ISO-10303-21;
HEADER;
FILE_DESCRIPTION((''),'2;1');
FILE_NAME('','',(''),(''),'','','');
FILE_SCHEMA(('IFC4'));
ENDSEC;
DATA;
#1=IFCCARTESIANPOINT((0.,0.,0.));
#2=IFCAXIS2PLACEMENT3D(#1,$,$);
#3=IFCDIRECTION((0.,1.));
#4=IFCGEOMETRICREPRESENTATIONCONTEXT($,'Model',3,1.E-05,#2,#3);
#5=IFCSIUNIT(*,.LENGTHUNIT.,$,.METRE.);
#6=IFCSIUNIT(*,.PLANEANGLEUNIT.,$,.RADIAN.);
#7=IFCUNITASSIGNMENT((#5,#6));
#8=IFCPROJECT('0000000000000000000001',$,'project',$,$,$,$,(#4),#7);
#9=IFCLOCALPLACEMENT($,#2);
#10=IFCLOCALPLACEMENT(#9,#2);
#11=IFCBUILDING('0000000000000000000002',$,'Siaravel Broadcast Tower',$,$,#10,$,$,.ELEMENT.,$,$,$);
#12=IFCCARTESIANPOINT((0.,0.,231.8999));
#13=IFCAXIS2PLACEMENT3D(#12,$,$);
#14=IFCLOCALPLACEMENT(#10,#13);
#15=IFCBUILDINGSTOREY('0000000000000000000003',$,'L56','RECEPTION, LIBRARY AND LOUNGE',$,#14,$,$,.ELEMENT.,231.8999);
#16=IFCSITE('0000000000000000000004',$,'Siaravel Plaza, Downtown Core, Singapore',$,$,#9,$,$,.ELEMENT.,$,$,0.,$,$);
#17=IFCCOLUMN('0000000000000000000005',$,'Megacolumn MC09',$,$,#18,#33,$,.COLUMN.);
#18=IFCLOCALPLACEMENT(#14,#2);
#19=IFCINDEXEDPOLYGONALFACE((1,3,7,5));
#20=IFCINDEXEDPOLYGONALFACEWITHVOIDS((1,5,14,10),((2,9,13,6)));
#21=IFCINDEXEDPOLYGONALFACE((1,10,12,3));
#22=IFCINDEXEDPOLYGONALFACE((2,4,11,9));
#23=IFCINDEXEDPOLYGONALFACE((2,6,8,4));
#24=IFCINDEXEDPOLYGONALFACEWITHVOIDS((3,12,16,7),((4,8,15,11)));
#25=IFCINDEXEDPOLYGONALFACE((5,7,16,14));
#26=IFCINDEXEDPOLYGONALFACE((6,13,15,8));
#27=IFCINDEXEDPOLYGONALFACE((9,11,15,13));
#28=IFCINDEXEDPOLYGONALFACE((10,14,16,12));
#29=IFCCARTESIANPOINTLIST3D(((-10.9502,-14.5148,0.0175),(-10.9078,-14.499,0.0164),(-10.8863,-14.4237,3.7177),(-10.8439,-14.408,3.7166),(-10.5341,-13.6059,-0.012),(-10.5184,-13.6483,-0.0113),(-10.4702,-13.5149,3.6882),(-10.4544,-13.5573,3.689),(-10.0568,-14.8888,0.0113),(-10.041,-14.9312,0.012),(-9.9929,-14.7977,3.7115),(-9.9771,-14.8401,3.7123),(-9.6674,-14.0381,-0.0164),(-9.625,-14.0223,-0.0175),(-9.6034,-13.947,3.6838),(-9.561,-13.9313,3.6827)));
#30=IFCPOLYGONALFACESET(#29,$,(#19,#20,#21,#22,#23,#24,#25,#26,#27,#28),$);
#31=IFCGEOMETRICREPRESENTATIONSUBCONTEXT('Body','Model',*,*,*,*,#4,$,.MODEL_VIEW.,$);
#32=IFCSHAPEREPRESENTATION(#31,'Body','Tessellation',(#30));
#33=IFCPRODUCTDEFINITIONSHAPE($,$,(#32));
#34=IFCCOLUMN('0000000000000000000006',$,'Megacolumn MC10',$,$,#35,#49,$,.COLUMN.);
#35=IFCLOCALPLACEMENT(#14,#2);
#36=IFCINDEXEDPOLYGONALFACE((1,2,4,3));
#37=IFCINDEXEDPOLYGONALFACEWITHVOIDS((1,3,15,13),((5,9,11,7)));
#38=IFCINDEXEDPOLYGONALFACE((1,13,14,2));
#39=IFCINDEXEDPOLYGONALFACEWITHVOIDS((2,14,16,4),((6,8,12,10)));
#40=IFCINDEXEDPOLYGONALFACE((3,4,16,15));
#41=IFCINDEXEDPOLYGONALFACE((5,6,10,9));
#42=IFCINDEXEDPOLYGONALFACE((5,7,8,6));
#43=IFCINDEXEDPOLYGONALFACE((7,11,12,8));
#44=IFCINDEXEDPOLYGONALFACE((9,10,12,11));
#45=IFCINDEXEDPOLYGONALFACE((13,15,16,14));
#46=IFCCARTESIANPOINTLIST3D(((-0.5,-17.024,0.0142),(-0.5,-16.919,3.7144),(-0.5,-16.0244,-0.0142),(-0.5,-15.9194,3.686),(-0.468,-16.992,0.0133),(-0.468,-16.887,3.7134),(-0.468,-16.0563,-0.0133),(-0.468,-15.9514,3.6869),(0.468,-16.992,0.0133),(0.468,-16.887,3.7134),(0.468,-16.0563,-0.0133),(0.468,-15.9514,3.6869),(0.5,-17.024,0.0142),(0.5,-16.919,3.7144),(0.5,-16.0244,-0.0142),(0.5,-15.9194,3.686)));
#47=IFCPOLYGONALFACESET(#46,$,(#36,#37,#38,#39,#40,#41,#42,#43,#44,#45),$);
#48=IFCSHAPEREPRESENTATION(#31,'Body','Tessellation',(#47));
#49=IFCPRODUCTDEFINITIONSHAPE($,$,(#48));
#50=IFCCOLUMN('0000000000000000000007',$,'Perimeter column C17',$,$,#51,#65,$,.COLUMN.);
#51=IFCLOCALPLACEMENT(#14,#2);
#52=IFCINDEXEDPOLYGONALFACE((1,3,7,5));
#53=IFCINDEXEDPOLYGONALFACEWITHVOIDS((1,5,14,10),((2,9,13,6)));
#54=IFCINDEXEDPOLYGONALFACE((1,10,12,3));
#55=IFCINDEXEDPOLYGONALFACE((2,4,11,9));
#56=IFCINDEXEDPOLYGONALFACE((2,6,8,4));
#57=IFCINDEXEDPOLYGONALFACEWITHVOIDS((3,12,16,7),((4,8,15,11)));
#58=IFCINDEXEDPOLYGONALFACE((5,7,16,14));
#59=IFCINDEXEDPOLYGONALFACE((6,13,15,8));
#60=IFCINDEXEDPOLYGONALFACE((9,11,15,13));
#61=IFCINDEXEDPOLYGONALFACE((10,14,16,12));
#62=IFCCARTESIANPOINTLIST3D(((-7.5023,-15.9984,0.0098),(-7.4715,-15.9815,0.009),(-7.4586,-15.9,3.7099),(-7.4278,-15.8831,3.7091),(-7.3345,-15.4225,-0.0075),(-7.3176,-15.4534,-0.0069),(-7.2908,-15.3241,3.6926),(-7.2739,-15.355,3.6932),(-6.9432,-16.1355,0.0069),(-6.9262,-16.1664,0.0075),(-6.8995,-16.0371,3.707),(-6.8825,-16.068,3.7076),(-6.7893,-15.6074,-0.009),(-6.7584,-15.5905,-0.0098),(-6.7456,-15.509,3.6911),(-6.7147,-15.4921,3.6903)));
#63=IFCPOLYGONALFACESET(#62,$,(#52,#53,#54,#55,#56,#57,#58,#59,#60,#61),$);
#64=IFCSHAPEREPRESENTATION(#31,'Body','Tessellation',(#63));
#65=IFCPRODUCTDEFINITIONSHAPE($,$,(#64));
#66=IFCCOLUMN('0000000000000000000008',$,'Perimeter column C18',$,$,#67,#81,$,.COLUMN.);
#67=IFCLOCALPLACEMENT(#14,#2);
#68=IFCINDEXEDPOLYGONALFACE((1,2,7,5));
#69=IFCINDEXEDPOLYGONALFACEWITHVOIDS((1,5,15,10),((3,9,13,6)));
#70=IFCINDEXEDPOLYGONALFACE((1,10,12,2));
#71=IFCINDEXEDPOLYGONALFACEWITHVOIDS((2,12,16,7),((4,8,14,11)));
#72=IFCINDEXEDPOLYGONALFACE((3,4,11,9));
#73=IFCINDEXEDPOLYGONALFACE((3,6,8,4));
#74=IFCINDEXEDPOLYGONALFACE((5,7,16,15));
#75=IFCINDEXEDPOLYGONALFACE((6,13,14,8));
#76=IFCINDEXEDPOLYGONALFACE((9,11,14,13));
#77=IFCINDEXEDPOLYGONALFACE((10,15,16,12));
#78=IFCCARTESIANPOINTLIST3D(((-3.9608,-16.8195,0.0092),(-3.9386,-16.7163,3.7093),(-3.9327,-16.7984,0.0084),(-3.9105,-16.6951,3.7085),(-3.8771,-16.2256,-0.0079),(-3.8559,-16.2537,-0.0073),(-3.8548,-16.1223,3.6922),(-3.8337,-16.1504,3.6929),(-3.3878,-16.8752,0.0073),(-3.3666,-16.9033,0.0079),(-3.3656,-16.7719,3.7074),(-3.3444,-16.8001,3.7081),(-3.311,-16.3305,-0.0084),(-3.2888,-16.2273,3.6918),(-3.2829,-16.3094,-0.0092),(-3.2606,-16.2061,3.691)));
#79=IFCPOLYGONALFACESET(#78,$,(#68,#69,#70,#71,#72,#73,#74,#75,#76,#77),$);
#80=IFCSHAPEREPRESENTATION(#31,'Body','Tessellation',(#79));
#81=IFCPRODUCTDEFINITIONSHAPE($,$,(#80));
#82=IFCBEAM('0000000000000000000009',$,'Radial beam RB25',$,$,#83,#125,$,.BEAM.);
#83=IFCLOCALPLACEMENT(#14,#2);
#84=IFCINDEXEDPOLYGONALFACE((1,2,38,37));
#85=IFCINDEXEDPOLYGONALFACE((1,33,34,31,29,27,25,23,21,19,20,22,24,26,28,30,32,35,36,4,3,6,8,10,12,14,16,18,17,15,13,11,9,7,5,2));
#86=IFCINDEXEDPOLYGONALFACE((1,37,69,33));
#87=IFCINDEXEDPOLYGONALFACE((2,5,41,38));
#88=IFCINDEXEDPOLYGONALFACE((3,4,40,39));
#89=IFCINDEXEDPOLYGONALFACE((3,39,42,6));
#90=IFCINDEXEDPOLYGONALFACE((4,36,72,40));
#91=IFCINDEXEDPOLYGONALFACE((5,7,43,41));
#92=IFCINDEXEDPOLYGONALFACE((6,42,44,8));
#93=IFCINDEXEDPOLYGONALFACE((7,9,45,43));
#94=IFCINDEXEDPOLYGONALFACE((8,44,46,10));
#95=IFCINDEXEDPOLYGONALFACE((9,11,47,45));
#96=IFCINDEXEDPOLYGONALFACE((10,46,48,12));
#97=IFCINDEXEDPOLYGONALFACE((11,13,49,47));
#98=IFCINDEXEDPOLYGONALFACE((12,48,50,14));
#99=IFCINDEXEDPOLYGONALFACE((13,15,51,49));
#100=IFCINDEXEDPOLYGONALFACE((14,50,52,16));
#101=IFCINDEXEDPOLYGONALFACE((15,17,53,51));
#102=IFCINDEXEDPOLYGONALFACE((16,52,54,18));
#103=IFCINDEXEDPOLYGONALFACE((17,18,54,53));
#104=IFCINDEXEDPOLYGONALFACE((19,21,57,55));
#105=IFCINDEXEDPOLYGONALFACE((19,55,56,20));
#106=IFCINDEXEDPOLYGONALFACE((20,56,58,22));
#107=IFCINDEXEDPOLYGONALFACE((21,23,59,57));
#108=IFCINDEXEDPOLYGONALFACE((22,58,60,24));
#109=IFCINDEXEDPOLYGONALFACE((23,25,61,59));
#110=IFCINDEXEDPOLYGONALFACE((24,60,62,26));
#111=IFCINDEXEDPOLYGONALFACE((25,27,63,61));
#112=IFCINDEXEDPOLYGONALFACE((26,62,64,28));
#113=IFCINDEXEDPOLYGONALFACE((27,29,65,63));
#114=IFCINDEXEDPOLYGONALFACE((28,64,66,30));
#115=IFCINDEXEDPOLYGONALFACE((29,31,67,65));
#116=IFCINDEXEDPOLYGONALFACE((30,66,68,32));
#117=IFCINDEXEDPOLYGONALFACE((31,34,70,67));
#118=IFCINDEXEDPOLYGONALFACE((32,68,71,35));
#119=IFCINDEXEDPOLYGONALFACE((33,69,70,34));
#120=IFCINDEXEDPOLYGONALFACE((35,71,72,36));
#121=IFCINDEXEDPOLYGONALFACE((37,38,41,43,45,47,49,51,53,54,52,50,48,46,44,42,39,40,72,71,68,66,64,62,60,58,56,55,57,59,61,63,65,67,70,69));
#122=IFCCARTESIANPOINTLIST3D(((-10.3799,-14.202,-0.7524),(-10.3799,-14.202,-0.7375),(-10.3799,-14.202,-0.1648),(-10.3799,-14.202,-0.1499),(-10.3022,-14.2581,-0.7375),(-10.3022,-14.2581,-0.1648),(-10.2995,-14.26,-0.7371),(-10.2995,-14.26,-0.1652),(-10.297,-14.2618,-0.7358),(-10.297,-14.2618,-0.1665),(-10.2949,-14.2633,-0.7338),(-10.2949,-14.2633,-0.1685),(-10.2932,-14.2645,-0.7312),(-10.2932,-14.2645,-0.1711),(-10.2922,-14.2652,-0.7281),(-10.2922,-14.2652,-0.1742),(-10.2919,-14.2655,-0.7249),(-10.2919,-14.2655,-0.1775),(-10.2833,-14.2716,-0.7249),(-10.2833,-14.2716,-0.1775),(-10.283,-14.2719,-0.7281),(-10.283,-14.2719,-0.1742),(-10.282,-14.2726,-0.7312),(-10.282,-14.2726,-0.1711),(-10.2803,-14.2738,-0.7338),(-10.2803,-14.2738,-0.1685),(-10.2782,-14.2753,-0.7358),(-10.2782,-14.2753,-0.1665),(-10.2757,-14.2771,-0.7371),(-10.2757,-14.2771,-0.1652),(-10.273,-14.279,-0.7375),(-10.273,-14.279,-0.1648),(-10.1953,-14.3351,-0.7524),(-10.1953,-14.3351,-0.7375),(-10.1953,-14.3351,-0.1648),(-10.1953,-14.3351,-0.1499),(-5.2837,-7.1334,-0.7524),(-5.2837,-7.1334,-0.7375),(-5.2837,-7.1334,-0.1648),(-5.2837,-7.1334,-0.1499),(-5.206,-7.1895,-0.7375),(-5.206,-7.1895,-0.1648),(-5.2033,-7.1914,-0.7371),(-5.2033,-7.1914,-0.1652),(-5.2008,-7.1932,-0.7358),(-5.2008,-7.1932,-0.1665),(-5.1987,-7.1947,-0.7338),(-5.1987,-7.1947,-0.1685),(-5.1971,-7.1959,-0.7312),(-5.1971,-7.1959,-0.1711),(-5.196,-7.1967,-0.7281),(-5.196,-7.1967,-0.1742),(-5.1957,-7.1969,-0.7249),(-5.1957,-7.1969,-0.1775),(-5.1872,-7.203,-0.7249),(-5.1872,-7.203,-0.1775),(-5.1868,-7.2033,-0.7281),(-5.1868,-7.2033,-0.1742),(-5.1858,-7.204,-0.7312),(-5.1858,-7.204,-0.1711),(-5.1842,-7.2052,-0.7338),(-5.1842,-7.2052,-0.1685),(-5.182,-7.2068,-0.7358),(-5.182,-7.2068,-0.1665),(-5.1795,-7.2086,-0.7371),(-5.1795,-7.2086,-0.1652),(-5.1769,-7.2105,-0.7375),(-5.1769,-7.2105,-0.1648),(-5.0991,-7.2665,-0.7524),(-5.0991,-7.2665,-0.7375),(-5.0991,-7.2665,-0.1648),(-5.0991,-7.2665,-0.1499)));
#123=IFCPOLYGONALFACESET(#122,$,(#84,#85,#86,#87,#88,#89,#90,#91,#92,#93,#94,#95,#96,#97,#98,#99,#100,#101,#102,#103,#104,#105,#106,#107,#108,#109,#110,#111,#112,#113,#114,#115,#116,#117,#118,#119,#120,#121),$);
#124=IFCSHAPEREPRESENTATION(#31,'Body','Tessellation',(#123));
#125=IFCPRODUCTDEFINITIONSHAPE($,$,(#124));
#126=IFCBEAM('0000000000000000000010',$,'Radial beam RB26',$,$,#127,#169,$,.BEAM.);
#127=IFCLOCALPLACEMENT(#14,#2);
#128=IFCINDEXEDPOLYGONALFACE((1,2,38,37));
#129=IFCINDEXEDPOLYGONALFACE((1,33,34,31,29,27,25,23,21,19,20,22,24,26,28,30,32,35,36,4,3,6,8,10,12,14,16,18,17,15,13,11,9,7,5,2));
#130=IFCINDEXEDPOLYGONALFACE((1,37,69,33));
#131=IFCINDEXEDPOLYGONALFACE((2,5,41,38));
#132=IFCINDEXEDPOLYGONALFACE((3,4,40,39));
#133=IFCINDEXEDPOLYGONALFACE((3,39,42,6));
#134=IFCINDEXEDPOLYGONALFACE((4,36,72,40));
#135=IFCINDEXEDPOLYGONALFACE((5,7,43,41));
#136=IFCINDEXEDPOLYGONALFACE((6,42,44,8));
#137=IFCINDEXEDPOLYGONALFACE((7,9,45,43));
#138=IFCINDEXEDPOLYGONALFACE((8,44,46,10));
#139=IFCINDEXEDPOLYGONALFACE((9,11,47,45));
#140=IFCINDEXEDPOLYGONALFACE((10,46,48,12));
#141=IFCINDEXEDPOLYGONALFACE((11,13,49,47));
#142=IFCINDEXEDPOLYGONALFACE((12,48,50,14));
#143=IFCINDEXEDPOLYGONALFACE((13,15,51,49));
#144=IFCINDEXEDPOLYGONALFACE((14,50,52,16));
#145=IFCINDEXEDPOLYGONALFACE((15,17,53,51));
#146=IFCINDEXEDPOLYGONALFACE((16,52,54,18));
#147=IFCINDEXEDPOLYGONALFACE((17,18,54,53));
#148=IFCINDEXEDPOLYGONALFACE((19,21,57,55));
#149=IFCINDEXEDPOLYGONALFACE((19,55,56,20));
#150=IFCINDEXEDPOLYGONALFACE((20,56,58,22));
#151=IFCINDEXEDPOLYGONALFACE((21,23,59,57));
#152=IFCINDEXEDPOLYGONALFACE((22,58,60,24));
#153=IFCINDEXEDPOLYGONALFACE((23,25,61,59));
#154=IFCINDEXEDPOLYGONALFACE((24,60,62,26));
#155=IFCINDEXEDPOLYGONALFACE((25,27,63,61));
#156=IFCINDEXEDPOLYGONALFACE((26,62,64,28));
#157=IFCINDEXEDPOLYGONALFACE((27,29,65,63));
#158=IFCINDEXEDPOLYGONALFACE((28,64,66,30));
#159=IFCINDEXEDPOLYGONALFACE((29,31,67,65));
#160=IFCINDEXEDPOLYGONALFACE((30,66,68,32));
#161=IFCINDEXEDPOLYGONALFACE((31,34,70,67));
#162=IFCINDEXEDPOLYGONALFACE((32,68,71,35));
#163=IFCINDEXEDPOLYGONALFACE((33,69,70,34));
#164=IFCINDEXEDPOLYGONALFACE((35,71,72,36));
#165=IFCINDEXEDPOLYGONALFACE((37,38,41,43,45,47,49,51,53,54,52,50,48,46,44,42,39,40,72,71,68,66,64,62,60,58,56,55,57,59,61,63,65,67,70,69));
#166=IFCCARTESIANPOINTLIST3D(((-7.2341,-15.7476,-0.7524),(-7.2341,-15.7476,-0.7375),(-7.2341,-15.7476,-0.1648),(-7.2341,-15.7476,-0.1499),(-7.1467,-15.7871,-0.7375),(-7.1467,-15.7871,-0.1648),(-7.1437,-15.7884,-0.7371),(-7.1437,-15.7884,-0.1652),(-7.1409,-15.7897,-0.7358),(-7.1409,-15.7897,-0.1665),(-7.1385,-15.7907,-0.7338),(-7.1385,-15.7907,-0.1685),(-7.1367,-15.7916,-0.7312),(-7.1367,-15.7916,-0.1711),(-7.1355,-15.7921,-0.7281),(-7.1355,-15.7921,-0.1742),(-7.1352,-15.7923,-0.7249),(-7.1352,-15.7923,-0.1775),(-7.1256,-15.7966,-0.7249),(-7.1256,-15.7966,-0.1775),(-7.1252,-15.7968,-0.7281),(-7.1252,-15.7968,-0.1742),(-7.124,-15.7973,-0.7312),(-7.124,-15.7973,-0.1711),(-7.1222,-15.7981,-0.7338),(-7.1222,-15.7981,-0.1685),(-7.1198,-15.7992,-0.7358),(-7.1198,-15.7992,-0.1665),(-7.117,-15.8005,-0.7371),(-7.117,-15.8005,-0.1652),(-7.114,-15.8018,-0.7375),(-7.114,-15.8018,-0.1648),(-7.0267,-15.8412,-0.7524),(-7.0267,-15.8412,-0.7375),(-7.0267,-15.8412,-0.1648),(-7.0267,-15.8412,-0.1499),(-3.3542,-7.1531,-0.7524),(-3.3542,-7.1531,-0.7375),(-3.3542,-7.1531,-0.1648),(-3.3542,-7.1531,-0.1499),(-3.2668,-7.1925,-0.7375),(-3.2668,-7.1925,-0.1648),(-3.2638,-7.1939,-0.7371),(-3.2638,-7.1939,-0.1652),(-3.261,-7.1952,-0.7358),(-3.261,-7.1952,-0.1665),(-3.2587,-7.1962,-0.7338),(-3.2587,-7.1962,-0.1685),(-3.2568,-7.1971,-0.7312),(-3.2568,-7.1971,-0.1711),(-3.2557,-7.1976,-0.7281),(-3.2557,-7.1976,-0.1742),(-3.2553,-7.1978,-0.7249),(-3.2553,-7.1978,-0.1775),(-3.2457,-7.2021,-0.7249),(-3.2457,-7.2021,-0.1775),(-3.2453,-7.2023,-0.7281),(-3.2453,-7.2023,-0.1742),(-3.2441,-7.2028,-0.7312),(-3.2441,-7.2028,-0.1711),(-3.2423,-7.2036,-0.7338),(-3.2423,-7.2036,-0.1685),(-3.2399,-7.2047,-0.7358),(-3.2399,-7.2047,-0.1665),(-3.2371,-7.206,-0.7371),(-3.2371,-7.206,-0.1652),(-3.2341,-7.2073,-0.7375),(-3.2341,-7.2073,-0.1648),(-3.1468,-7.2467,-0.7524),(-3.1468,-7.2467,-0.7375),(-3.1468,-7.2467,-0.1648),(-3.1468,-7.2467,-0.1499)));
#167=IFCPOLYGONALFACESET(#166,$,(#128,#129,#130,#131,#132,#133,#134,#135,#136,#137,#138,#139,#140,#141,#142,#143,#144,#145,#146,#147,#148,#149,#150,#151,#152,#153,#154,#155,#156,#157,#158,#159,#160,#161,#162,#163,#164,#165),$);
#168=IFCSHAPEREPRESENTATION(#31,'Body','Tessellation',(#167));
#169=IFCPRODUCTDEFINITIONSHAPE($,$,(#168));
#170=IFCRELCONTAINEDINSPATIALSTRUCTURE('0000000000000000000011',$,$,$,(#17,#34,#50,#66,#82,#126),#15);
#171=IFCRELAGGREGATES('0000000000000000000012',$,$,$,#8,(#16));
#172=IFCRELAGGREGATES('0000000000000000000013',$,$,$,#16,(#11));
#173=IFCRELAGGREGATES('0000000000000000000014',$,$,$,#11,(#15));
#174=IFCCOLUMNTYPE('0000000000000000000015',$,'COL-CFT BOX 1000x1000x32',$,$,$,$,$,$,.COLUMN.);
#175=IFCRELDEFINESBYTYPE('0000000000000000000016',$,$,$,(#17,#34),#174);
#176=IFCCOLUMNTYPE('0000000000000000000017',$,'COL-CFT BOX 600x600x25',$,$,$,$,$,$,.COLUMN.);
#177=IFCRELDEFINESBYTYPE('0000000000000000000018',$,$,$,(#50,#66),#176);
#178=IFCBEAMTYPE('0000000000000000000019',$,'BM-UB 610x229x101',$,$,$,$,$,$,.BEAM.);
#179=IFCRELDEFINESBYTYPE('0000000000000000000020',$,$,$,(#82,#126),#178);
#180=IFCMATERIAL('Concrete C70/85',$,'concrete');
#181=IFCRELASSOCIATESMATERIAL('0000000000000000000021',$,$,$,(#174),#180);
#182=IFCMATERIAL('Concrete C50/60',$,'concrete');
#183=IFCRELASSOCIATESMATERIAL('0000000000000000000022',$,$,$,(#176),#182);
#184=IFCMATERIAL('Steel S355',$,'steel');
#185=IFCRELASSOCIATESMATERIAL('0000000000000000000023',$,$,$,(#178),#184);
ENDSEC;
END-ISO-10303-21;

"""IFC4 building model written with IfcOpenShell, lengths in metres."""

from ifc_helpers import new_model, si_unit, direction, frame, origin, origin_2d, place, context, subcontext, project, spatial, hollow_rectangle, i_section, extrude, material, material_profile, profile_set, type_object, element, save


model = new_model("IFC4")

# Units and contexts
model_context = context("Model", 3, precision=1e-05, world=origin(), true_north=direction((0.0, 1.0)))
body_context = subcontext(model_context, "Body", "Model", "MODEL_VIEW")
ifc_project = project(units=[si_unit("LENGTHUNIT", "METRE"), si_unit("PLANEANGLEUNIT", "RADIAN")], contexts=[model_context])

# Site, building, storey
site_placement = place(None, origin())
site = spatial("IfcSite", under=ifc_project, at=site_placement, Name="Siaravel Plaza, Downtown Core, Singapore", CompositionType="ELEMENT", RefElevation=0.0)
building_placement = place(site_placement, origin())
building = spatial("IfcBuilding", under=site, at=building_placement, Name="Siaravel Broadcast Tower", CompositionType="ELEMENT")
storey_placement = place(building_placement, frame((0.0, 0.0, 231.8999)))
storey = spatial("IfcBuildingStorey", under=building, at=storey_placement, Name="L56", Description="RECEPTION, LIBRARY AND LOUNGE", CompositionType="ELEMENT", Elevation=231.8999)

# Columns
ifc_material_1 = material(Name="Concrete C70/85", Category="concrete")
ifc_material_profile_1 = material_profile(ifc_material_1, hollow_rectangle(XDim=1.0, YDim=1.0, WallThickness=0.032, at=origin_2d()))
ifc_profile_set_1 = profile_set([ifc_material_profile_1], Name="Concrete C70/85")
column_type_1 = type_object("IfcColumnType", Name="COL-CFT BOX 1000x1000x32", PredefinedType="COLUMN", material=ifc_profile_set_1)
column_1_placement = place(storey_placement, frame((-10.2876, -14.2686, 0.0), z_axis=(0.017279, 0.0246, 0.999548), x_axis=(-0.909169, 0.416391, 0.005469)))
element("IfcColumn", 1, at=column_1_placement, inside=storey, type_object=column_type_1, Name="Megacolumn MC09", PredefinedType="COLUMN", context=body_context, shape_type="SweptSolid", body=[
    extrude(hollow_rectangle(XDim=1.0, YDim=1.0, WallThickness=0.032, at=origin_2d()), origin(), (0.0, 0.0, 1.0), 3.7019),
])
column_2_placement = place(storey_placement, frame((0.0, -16.5242, 0.0), z_axis=(0.0, 0.02836, 0.999598), x_axis=(-1.0, 0.0, 0.0)))
element("IfcColumn", 2, at=column_2_placement, inside=storey, type_object=column_type_1, Name="Megacolumn MC10", PredefinedType="COLUMN", context=body_context, shape_type="SweptSolid", body=[
    extrude(hollow_rectangle(XDim=1.0, YDim=1.0, WallThickness=0.032, at=origin_2d()), origin(), (0.0, 0.0, 1.0), 3.7017),
])
ifc_material_2 = material(Name="Concrete C50/60", Category="concrete")
ifc_material_profile_2 = material_profile(ifc_material_2, hollow_rectangle(XDim=0.6001, YDim=0.6001, WallThickness=0.0249, at=origin_2d()))
ifc_profile_set_2 = profile_set([ifc_material_profile_2], Name="Concrete C50/60")
column_type_2 = type_object("IfcColumnType", Name="COL-CFT BOX 600x600x25", PredefinedType="COLUMN", material=ifc_profile_set_2)
for number, where, z_axis, x_axis, name in (
    (3, (-7.1304, -15.7944, 0.0), (0.011806, 0.026579, 0.999577), (-0.960011, 0.279936, 0.003895), "Perimeter column C17"),
    (4, (-3.6218, -16.5645, 0.0), (0.006002, 0.027898, 0.999593), (-0.990199, 0.139651, 0.002048), "Perimeter column C18"),
):
    element("IfcColumn", number, at=place(storey_placement, frame(where, z_axis=z_axis, x_axis=x_axis)), inside=storey, type_object=column_type_2, Name=name, PredefinedType="COLUMN", context=body_context, shape_type="SweptSolid", body=[
        extrude(hollow_rectangle(XDim=0.6001, YDim=0.6001, WallThickness=0.0249, at=origin_2d()), origin(), (0.0, 0.0, 1.0), 3.7017),
    ])

# Beams
ifc_material_3 = material(Name="Steel S355", Category="steel")
ifc_material_profile_3 = material_profile(ifc_material_3, i_section(OverallWidth=0.2275, OverallDepth=0.6025, WebThickness=0.0105, FlangeThickness=0.0149, FilletRadius=0.0127, at=origin_2d()))
ifc_profile_set_3 = profile_set([ifc_material_profile_3], Name="Steel S355")
beam_type = type_object("IfcBeamType", Name="BM-UB 610x229x101", PredefinedType="BEAM", material=ifc_profile_set_3)
beam_1_placement = place(storey_placement, frame((-10.2876, -14.2686, -0.4512), z_axis=(0.584818, 0.811164, 0.0), x_axis=(-0.811164, 0.584818, 0.0)))
element("IfcBeam", 5, at=beam_1_placement, inside=storey, type_object=beam_type, Name="Radial beam RB25", PredefinedType="BEAM", context=body_context, shape_type="SweptSolid", body=[
    extrude(i_section(OverallWidth=0.2275, OverallDepth=0.6025, WebThickness=0.0105, FlangeThickness=0.0149, FilletRadius=0.0127, at=origin_2d()), origin(), (0.0, 0.0, 1.0), 8.7141),
])
beam_2_placement = place(storey_placement, frame((-7.1304, -15.7944, -0.4512), z_axis=(0.411455, 0.91143, 0.0), x_axis=(-0.91143, 0.411455, 0.0)))
element("IfcBeam", 6, at=beam_2_placement, inside=storey, type_object=beam_type, Name="Radial beam RB26", PredefinedType="BEAM", context=body_context, shape_type="SweptSolid", body=[
    extrude(i_section(OverallWidth=0.2275, OverallDepth=0.6025, WebThickness=0.0105, FlangeThickness=0.0149, FilletRadius=0.0127, at=origin_2d()), origin(), (0.0, 0.0, 1.0), 9.4297),
])

save(model, "model.ifc")
